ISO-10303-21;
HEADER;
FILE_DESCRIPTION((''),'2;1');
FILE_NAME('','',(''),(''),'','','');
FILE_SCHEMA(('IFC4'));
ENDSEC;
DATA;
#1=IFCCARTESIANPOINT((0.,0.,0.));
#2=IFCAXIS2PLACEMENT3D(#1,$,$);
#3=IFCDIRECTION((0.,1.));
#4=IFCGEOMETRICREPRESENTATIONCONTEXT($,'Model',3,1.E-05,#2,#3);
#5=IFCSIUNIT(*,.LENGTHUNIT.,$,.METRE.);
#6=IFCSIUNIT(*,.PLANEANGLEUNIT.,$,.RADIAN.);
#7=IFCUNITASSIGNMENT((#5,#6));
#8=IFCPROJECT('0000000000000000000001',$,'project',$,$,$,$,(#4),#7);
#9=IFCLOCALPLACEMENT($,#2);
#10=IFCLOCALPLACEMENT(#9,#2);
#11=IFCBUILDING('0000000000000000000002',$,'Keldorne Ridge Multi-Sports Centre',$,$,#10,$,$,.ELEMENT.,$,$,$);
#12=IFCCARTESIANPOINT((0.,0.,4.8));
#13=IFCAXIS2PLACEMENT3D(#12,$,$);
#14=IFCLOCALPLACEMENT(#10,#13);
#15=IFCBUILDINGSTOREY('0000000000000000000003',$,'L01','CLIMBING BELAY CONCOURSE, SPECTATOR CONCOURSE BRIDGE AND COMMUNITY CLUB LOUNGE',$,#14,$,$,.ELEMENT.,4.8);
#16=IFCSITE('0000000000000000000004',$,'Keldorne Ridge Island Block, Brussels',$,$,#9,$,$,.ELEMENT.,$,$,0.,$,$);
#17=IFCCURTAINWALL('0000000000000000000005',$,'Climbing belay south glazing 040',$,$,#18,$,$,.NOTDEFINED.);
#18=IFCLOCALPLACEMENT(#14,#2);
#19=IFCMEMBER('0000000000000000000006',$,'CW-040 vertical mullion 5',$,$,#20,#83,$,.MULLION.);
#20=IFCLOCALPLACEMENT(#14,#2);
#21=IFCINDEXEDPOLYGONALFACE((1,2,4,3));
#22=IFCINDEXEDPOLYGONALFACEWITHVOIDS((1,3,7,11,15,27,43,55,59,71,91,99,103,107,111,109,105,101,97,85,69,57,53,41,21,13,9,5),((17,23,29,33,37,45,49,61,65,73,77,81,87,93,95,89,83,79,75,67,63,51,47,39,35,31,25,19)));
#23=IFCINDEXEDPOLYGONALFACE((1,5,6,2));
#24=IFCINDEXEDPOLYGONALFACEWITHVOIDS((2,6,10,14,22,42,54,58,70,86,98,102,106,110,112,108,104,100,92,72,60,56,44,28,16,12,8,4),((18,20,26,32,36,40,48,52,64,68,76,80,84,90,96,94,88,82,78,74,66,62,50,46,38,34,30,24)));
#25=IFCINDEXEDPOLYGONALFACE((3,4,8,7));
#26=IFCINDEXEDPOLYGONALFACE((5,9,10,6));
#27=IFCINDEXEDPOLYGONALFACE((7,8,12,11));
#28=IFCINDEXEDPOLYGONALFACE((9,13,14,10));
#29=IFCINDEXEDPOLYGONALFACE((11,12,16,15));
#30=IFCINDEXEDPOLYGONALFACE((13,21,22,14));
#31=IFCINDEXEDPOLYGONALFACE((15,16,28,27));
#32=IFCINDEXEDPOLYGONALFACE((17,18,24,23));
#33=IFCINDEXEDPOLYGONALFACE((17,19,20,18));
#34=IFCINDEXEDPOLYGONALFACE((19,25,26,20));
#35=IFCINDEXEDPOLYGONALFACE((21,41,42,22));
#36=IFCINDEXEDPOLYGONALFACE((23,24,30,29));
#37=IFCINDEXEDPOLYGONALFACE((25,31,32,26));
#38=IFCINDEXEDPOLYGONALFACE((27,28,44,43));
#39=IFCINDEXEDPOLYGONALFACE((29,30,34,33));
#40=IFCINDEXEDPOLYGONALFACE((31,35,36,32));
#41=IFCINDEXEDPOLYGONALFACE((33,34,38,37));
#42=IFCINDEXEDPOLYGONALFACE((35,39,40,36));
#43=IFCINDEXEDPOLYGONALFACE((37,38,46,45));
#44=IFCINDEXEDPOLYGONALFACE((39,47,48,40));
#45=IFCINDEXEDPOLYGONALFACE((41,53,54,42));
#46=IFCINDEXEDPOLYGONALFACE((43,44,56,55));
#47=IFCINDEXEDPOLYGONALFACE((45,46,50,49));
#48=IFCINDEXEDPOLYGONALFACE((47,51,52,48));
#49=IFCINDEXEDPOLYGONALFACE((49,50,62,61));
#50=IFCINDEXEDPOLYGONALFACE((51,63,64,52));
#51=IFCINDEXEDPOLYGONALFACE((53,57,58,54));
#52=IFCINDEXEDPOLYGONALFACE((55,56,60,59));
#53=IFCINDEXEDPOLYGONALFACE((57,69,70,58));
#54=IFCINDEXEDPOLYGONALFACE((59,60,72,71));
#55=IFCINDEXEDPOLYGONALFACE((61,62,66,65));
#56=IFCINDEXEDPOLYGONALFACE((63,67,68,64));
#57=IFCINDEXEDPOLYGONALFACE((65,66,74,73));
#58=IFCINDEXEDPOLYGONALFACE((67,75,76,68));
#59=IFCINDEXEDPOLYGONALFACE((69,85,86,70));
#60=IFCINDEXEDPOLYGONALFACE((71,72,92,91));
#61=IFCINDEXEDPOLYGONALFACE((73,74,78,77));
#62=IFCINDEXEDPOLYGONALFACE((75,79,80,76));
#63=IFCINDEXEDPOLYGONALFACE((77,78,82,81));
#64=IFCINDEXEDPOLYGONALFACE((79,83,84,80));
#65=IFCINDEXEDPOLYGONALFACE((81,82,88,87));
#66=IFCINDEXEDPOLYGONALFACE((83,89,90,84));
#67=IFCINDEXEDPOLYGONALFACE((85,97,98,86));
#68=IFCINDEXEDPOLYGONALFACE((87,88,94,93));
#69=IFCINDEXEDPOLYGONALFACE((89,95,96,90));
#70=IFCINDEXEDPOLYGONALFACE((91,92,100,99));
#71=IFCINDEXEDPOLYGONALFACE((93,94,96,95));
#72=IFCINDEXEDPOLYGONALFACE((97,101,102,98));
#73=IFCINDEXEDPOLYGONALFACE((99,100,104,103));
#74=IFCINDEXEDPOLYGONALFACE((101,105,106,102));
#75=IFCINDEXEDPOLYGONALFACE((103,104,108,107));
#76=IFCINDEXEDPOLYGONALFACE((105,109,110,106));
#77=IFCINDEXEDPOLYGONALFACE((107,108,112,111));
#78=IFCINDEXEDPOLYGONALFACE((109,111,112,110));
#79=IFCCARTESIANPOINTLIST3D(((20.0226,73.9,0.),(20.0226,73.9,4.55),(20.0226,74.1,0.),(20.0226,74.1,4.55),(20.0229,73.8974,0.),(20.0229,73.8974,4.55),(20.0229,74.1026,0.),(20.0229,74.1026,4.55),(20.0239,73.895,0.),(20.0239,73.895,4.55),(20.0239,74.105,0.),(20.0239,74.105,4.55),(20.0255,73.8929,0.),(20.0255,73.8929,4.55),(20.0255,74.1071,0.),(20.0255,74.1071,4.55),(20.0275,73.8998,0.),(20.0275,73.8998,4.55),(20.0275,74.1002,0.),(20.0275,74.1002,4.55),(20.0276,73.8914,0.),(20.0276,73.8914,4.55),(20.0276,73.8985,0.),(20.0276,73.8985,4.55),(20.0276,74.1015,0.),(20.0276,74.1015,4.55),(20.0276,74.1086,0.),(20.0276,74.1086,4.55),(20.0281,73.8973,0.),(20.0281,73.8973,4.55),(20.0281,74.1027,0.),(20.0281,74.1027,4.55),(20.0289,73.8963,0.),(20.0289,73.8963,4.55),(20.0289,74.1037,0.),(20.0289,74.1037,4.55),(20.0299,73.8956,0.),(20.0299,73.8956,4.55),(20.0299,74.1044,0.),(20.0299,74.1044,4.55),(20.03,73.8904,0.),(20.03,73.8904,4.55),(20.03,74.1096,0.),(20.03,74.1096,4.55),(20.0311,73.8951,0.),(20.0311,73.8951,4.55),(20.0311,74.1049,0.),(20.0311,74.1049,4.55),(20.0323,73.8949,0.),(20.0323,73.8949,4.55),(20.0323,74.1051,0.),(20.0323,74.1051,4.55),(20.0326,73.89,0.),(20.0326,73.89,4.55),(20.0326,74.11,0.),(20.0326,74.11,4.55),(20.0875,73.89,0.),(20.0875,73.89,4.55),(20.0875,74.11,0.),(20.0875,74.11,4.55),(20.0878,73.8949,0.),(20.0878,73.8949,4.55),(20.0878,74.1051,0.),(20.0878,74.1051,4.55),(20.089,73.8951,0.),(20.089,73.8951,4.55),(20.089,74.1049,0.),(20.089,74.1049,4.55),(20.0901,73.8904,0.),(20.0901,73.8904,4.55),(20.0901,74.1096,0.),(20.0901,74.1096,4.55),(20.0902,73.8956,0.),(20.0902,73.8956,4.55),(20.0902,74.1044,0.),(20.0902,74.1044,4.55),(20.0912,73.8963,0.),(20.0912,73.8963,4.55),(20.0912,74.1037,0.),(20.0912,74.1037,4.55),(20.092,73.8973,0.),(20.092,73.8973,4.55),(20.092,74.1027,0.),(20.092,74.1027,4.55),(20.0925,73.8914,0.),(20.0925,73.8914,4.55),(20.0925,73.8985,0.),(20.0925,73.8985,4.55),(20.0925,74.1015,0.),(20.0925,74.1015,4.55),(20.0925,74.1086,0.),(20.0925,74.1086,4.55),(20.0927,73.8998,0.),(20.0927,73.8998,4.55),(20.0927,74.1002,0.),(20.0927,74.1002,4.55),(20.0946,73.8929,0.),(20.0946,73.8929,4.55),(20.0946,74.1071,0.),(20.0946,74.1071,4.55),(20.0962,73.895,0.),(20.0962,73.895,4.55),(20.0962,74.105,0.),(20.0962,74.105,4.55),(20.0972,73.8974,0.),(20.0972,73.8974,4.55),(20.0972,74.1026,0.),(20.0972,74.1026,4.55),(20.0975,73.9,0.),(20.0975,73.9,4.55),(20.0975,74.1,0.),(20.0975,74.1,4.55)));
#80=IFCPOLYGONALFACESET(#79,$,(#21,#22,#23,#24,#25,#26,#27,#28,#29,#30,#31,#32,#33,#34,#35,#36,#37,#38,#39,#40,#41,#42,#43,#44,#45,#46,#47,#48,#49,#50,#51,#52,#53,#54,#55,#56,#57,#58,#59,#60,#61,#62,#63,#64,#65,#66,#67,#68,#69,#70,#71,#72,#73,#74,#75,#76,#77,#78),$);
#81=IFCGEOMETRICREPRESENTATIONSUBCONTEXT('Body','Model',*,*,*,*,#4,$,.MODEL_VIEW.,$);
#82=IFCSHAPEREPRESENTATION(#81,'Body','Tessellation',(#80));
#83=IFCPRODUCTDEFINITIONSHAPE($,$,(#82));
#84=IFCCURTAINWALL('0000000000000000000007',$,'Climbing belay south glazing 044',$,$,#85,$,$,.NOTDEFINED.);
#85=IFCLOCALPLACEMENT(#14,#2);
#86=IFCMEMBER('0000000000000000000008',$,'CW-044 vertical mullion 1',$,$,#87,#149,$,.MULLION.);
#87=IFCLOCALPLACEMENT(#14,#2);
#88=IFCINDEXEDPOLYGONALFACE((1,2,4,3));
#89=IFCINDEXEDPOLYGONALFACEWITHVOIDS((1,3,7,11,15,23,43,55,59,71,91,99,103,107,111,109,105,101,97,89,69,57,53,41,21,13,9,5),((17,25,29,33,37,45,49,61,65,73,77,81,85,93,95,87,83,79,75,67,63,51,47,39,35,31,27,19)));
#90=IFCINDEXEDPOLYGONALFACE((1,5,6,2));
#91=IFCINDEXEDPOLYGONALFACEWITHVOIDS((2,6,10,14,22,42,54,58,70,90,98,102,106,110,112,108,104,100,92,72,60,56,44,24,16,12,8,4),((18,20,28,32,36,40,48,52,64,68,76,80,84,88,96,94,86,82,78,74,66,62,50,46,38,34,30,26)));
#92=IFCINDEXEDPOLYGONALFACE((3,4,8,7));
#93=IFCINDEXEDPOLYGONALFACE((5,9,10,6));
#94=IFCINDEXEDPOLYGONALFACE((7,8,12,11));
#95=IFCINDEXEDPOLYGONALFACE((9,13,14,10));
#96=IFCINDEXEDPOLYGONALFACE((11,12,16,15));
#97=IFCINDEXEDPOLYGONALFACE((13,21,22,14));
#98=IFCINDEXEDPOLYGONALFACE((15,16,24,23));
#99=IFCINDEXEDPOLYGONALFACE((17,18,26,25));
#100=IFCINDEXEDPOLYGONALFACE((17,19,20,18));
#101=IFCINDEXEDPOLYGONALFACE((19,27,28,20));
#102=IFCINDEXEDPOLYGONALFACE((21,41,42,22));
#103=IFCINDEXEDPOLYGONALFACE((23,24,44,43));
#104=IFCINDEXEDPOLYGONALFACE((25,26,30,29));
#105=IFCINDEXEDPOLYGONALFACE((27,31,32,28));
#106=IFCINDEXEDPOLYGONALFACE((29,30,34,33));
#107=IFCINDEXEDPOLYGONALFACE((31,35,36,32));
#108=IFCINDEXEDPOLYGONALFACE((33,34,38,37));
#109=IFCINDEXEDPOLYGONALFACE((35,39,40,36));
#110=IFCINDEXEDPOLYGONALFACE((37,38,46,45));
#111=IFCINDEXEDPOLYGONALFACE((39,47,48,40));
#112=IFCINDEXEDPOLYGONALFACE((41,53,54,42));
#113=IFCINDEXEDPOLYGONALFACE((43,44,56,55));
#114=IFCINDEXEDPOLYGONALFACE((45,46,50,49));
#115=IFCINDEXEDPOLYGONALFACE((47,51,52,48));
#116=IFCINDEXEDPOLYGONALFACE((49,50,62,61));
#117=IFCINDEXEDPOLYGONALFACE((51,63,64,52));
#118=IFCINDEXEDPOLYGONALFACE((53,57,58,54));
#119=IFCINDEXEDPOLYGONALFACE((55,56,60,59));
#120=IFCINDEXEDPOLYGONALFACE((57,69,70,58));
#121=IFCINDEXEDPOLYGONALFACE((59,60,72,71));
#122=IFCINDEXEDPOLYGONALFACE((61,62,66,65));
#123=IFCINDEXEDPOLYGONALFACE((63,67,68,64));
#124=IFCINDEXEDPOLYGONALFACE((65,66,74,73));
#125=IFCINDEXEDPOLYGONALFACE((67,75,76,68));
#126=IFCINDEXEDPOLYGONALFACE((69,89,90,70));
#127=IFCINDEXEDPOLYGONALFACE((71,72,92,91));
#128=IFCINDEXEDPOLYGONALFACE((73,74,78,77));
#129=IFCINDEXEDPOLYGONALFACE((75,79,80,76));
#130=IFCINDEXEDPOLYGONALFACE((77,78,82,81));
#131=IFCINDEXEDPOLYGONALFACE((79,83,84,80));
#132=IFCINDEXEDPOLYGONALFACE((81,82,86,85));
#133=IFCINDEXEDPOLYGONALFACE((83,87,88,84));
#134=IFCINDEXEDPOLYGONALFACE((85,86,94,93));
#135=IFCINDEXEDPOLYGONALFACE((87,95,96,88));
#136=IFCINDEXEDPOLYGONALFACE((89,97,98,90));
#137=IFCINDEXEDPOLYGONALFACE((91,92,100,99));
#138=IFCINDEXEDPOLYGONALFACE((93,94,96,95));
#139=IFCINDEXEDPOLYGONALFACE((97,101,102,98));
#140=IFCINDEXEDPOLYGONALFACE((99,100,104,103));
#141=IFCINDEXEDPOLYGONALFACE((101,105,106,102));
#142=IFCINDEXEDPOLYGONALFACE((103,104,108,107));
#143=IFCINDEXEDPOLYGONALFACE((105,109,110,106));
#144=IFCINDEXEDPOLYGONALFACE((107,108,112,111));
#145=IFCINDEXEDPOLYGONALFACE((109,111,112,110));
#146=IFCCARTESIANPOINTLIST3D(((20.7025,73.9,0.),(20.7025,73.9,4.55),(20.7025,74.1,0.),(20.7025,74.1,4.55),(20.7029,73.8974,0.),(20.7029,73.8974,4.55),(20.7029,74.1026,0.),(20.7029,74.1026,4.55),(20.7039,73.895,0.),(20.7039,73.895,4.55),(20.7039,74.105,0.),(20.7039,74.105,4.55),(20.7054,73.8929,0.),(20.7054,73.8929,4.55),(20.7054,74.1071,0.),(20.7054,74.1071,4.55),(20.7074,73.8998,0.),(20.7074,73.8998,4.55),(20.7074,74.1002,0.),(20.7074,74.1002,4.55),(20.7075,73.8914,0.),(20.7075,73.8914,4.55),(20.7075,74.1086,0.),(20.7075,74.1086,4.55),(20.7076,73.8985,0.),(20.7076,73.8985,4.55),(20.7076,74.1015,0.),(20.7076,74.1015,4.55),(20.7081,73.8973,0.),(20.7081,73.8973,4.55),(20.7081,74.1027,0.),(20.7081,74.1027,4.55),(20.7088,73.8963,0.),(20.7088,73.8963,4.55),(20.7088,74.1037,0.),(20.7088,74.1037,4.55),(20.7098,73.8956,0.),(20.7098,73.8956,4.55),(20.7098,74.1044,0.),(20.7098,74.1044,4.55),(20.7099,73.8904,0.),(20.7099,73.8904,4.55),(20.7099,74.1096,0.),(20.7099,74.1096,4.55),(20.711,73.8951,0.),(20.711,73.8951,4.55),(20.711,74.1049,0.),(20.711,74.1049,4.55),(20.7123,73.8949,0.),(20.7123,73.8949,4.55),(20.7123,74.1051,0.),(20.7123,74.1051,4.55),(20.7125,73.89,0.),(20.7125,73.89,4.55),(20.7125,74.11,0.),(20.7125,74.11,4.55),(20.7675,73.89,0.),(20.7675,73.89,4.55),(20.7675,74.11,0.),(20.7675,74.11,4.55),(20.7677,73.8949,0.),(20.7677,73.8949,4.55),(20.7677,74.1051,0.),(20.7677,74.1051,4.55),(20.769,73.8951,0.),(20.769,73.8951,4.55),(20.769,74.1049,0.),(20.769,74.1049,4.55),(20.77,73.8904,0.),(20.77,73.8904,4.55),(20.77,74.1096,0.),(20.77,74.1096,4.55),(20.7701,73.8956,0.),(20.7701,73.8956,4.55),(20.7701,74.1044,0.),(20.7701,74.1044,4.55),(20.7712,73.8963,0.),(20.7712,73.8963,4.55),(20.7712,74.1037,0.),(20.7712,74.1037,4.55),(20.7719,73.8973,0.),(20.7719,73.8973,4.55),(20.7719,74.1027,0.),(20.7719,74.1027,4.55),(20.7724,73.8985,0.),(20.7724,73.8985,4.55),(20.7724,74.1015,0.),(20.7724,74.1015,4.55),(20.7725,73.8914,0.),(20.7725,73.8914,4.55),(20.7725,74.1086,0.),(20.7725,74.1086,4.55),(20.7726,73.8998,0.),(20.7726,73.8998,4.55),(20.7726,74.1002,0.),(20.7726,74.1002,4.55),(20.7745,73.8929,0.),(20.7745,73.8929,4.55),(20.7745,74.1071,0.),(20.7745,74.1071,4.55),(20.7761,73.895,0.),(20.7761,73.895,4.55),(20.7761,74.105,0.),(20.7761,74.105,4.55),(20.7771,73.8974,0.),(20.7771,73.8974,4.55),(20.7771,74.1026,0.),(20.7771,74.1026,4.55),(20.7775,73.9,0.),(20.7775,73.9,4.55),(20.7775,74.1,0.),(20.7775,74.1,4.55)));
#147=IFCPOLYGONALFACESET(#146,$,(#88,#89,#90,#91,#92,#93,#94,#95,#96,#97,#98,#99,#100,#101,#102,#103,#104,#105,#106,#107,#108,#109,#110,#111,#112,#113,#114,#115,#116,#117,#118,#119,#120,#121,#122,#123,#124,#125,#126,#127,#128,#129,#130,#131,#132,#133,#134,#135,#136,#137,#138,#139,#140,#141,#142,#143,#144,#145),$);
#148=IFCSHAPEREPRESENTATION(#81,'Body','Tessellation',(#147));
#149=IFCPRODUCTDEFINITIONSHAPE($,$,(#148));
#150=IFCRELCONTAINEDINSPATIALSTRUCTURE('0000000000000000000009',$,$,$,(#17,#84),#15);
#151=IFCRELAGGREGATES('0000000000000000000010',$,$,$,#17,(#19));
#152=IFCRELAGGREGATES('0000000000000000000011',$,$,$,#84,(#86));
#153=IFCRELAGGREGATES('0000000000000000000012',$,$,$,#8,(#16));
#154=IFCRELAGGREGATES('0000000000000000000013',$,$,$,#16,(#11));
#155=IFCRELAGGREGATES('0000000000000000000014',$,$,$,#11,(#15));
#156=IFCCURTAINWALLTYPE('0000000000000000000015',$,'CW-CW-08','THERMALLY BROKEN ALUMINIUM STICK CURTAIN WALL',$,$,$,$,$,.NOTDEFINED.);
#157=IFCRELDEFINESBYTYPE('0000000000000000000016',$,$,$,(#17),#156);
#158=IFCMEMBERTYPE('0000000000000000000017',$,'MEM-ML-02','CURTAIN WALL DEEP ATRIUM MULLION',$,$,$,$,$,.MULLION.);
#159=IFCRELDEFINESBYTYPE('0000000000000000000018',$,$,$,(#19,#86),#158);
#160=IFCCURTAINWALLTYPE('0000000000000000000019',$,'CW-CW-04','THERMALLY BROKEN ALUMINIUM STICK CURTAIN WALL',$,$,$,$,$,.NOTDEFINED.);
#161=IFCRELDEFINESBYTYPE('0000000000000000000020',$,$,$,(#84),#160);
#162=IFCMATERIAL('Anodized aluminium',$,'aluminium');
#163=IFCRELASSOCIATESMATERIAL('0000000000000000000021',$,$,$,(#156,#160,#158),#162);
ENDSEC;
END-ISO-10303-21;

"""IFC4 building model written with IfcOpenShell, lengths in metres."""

from ifc_helpers import new_model, si_unit, direction, frame, origin, origin_2d, place, context, subcontext, project, spatial, hollow_rectangle, extrude, material, material_profile, profile_set, type_object, element, aggregate, save


model = new_model("IFC4")

# Units and contexts
model_context = context("Model", 3, precision=1e-05, world=origin(), true_north=direction((0.0, 1.0)))
body_context = subcontext(model_context, "Body", "Model", "MODEL_VIEW")
ifc_project = project(units=[si_unit("LENGTHUNIT", "METRE"), si_unit("PLANEANGLEUNIT", "RADIAN")], contexts=[model_context])

# Site, building, storey
site_placement = place(None, origin())
site = spatial("IfcSite", under=ifc_project, at=site_placement, Name="Keldorne Ridge Island Block, Brussels", CompositionType="ELEMENT", RefElevation=0.0)
building_placement = place(site_placement, origin())
building = spatial("IfcBuilding", under=site, at=building_placement, Name="Keldorne Ridge Multi-Sports Centre", CompositionType="ELEMENT")
storey_placement = place(building_placement, frame((0.0, 0.0, 4.8)))
storey = spatial("IfcBuildingStorey", under=building, at=storey_placement, Name="L01", Description="CLIMBING BELAY CONCOURSE, SPECTATOR CONCOURSE BRIDGE AND COMMUNITY CLUB LOUNGE", CompositionType="ELEMENT", Elevation=4.8)

# Curtain walls, members
ifc_material_1 = material(Name="Anodized aluminium", Category="aluminium")
curtain_wall_type_1 = type_object("IfcCurtainWallType", Name="CW-CW-08", Description="THERMALLY BROKEN ALUMINIUM STICK CURTAIN WALL", PredefinedType="NOTDEFINED", material=ifc_material_1)
curtain_wall_1_placement = place(storey_placement, origin())
curtain_wall_1 = element("IfcCurtainWall", 1, at=curtain_wall_1_placement, inside=storey, type_object=curtain_wall_type_1, Name="Climbing belay south glazing 040", PredefinedType="NOTDEFINED")
ifc_material_profile_1 = material_profile(ifc_material_1, hollow_rectangle(XDim=0.075, YDim=0.22, WallThickness=0.0049, InnerFilletRadius=0.0049, OuterFilletRadius=0.01, at=origin_2d()), Name="ALU MULLION 220x75x5")
ifc_profile_set_1 = profile_set([ifc_material_profile_1], Name="Anodized aluminium")
member_type_1 = type_object("IfcMemberType", Name="MEM-ML-02", Description="CURTAIN WALL DEEP ATRIUM MULLION", PredefinedType="MULLION", material=ifc_profile_set_1)
member_1_placement = place(storey_placement, frame((20.0601, 74.0, 0.0), z_axis=(0.0, 0.0, 1.0), x_axis=(1.0, 0.0, 0.0)))
member_1 = element("IfcMember", 2, at=member_1_placement, type_object=member_type_1, Name="CW-040 vertical mullion 5", PredefinedType="MULLION", context=body_context, shape_type="SweptSolid", body=[
    extrude(hollow_rectangle(XDim=0.075, YDim=0.22, WallThickness=0.0049, InnerFilletRadius=0.0049, OuterFilletRadius=0.01, at=origin_2d()), origin(), (0.0, 0.0, 1.0), 4.55),
])
curtain_wall_type_2 = type_object("IfcCurtainWallType", Name="CW-CW-04", Description="THERMALLY BROKEN ALUMINIUM STICK CURTAIN WALL", PredefinedType="NOTDEFINED", material=ifc_material_1)
curtain_wall_2_placement = place(storey_placement, origin())
curtain_wall_2 = element("IfcCurtainWall", 3, at=curtain_wall_2_placement, inside=storey, type_object=curtain_wall_type_2, Name="Climbing belay south glazing 044", PredefinedType="NOTDEFINED")
member_2_placement = place(storey_placement, frame((20.74, 74.0, 0.0), z_axis=(0.0, 0.0, 1.0), x_axis=(1.0, 0.0, 0.0)))
member_2 = element("IfcMember", 4, at=member_2_placement, type_object=member_type_1, Name="CW-044 vertical mullion 1", PredefinedType="MULLION", context=body_context, shape_type="SweptSolid", body=[
    extrude(hollow_rectangle(XDim=0.075, YDim=0.22, WallThickness=0.0049, InnerFilletRadius=0.0049, OuterFilletRadius=0.01, at=origin_2d()), origin(), (0.0, 0.0, 1.0), 4.55),
])

aggregate(curtain_wall_1, [member_1])
aggregate(curtain_wall_2, [member_2])

save(model, "model.ifc")
